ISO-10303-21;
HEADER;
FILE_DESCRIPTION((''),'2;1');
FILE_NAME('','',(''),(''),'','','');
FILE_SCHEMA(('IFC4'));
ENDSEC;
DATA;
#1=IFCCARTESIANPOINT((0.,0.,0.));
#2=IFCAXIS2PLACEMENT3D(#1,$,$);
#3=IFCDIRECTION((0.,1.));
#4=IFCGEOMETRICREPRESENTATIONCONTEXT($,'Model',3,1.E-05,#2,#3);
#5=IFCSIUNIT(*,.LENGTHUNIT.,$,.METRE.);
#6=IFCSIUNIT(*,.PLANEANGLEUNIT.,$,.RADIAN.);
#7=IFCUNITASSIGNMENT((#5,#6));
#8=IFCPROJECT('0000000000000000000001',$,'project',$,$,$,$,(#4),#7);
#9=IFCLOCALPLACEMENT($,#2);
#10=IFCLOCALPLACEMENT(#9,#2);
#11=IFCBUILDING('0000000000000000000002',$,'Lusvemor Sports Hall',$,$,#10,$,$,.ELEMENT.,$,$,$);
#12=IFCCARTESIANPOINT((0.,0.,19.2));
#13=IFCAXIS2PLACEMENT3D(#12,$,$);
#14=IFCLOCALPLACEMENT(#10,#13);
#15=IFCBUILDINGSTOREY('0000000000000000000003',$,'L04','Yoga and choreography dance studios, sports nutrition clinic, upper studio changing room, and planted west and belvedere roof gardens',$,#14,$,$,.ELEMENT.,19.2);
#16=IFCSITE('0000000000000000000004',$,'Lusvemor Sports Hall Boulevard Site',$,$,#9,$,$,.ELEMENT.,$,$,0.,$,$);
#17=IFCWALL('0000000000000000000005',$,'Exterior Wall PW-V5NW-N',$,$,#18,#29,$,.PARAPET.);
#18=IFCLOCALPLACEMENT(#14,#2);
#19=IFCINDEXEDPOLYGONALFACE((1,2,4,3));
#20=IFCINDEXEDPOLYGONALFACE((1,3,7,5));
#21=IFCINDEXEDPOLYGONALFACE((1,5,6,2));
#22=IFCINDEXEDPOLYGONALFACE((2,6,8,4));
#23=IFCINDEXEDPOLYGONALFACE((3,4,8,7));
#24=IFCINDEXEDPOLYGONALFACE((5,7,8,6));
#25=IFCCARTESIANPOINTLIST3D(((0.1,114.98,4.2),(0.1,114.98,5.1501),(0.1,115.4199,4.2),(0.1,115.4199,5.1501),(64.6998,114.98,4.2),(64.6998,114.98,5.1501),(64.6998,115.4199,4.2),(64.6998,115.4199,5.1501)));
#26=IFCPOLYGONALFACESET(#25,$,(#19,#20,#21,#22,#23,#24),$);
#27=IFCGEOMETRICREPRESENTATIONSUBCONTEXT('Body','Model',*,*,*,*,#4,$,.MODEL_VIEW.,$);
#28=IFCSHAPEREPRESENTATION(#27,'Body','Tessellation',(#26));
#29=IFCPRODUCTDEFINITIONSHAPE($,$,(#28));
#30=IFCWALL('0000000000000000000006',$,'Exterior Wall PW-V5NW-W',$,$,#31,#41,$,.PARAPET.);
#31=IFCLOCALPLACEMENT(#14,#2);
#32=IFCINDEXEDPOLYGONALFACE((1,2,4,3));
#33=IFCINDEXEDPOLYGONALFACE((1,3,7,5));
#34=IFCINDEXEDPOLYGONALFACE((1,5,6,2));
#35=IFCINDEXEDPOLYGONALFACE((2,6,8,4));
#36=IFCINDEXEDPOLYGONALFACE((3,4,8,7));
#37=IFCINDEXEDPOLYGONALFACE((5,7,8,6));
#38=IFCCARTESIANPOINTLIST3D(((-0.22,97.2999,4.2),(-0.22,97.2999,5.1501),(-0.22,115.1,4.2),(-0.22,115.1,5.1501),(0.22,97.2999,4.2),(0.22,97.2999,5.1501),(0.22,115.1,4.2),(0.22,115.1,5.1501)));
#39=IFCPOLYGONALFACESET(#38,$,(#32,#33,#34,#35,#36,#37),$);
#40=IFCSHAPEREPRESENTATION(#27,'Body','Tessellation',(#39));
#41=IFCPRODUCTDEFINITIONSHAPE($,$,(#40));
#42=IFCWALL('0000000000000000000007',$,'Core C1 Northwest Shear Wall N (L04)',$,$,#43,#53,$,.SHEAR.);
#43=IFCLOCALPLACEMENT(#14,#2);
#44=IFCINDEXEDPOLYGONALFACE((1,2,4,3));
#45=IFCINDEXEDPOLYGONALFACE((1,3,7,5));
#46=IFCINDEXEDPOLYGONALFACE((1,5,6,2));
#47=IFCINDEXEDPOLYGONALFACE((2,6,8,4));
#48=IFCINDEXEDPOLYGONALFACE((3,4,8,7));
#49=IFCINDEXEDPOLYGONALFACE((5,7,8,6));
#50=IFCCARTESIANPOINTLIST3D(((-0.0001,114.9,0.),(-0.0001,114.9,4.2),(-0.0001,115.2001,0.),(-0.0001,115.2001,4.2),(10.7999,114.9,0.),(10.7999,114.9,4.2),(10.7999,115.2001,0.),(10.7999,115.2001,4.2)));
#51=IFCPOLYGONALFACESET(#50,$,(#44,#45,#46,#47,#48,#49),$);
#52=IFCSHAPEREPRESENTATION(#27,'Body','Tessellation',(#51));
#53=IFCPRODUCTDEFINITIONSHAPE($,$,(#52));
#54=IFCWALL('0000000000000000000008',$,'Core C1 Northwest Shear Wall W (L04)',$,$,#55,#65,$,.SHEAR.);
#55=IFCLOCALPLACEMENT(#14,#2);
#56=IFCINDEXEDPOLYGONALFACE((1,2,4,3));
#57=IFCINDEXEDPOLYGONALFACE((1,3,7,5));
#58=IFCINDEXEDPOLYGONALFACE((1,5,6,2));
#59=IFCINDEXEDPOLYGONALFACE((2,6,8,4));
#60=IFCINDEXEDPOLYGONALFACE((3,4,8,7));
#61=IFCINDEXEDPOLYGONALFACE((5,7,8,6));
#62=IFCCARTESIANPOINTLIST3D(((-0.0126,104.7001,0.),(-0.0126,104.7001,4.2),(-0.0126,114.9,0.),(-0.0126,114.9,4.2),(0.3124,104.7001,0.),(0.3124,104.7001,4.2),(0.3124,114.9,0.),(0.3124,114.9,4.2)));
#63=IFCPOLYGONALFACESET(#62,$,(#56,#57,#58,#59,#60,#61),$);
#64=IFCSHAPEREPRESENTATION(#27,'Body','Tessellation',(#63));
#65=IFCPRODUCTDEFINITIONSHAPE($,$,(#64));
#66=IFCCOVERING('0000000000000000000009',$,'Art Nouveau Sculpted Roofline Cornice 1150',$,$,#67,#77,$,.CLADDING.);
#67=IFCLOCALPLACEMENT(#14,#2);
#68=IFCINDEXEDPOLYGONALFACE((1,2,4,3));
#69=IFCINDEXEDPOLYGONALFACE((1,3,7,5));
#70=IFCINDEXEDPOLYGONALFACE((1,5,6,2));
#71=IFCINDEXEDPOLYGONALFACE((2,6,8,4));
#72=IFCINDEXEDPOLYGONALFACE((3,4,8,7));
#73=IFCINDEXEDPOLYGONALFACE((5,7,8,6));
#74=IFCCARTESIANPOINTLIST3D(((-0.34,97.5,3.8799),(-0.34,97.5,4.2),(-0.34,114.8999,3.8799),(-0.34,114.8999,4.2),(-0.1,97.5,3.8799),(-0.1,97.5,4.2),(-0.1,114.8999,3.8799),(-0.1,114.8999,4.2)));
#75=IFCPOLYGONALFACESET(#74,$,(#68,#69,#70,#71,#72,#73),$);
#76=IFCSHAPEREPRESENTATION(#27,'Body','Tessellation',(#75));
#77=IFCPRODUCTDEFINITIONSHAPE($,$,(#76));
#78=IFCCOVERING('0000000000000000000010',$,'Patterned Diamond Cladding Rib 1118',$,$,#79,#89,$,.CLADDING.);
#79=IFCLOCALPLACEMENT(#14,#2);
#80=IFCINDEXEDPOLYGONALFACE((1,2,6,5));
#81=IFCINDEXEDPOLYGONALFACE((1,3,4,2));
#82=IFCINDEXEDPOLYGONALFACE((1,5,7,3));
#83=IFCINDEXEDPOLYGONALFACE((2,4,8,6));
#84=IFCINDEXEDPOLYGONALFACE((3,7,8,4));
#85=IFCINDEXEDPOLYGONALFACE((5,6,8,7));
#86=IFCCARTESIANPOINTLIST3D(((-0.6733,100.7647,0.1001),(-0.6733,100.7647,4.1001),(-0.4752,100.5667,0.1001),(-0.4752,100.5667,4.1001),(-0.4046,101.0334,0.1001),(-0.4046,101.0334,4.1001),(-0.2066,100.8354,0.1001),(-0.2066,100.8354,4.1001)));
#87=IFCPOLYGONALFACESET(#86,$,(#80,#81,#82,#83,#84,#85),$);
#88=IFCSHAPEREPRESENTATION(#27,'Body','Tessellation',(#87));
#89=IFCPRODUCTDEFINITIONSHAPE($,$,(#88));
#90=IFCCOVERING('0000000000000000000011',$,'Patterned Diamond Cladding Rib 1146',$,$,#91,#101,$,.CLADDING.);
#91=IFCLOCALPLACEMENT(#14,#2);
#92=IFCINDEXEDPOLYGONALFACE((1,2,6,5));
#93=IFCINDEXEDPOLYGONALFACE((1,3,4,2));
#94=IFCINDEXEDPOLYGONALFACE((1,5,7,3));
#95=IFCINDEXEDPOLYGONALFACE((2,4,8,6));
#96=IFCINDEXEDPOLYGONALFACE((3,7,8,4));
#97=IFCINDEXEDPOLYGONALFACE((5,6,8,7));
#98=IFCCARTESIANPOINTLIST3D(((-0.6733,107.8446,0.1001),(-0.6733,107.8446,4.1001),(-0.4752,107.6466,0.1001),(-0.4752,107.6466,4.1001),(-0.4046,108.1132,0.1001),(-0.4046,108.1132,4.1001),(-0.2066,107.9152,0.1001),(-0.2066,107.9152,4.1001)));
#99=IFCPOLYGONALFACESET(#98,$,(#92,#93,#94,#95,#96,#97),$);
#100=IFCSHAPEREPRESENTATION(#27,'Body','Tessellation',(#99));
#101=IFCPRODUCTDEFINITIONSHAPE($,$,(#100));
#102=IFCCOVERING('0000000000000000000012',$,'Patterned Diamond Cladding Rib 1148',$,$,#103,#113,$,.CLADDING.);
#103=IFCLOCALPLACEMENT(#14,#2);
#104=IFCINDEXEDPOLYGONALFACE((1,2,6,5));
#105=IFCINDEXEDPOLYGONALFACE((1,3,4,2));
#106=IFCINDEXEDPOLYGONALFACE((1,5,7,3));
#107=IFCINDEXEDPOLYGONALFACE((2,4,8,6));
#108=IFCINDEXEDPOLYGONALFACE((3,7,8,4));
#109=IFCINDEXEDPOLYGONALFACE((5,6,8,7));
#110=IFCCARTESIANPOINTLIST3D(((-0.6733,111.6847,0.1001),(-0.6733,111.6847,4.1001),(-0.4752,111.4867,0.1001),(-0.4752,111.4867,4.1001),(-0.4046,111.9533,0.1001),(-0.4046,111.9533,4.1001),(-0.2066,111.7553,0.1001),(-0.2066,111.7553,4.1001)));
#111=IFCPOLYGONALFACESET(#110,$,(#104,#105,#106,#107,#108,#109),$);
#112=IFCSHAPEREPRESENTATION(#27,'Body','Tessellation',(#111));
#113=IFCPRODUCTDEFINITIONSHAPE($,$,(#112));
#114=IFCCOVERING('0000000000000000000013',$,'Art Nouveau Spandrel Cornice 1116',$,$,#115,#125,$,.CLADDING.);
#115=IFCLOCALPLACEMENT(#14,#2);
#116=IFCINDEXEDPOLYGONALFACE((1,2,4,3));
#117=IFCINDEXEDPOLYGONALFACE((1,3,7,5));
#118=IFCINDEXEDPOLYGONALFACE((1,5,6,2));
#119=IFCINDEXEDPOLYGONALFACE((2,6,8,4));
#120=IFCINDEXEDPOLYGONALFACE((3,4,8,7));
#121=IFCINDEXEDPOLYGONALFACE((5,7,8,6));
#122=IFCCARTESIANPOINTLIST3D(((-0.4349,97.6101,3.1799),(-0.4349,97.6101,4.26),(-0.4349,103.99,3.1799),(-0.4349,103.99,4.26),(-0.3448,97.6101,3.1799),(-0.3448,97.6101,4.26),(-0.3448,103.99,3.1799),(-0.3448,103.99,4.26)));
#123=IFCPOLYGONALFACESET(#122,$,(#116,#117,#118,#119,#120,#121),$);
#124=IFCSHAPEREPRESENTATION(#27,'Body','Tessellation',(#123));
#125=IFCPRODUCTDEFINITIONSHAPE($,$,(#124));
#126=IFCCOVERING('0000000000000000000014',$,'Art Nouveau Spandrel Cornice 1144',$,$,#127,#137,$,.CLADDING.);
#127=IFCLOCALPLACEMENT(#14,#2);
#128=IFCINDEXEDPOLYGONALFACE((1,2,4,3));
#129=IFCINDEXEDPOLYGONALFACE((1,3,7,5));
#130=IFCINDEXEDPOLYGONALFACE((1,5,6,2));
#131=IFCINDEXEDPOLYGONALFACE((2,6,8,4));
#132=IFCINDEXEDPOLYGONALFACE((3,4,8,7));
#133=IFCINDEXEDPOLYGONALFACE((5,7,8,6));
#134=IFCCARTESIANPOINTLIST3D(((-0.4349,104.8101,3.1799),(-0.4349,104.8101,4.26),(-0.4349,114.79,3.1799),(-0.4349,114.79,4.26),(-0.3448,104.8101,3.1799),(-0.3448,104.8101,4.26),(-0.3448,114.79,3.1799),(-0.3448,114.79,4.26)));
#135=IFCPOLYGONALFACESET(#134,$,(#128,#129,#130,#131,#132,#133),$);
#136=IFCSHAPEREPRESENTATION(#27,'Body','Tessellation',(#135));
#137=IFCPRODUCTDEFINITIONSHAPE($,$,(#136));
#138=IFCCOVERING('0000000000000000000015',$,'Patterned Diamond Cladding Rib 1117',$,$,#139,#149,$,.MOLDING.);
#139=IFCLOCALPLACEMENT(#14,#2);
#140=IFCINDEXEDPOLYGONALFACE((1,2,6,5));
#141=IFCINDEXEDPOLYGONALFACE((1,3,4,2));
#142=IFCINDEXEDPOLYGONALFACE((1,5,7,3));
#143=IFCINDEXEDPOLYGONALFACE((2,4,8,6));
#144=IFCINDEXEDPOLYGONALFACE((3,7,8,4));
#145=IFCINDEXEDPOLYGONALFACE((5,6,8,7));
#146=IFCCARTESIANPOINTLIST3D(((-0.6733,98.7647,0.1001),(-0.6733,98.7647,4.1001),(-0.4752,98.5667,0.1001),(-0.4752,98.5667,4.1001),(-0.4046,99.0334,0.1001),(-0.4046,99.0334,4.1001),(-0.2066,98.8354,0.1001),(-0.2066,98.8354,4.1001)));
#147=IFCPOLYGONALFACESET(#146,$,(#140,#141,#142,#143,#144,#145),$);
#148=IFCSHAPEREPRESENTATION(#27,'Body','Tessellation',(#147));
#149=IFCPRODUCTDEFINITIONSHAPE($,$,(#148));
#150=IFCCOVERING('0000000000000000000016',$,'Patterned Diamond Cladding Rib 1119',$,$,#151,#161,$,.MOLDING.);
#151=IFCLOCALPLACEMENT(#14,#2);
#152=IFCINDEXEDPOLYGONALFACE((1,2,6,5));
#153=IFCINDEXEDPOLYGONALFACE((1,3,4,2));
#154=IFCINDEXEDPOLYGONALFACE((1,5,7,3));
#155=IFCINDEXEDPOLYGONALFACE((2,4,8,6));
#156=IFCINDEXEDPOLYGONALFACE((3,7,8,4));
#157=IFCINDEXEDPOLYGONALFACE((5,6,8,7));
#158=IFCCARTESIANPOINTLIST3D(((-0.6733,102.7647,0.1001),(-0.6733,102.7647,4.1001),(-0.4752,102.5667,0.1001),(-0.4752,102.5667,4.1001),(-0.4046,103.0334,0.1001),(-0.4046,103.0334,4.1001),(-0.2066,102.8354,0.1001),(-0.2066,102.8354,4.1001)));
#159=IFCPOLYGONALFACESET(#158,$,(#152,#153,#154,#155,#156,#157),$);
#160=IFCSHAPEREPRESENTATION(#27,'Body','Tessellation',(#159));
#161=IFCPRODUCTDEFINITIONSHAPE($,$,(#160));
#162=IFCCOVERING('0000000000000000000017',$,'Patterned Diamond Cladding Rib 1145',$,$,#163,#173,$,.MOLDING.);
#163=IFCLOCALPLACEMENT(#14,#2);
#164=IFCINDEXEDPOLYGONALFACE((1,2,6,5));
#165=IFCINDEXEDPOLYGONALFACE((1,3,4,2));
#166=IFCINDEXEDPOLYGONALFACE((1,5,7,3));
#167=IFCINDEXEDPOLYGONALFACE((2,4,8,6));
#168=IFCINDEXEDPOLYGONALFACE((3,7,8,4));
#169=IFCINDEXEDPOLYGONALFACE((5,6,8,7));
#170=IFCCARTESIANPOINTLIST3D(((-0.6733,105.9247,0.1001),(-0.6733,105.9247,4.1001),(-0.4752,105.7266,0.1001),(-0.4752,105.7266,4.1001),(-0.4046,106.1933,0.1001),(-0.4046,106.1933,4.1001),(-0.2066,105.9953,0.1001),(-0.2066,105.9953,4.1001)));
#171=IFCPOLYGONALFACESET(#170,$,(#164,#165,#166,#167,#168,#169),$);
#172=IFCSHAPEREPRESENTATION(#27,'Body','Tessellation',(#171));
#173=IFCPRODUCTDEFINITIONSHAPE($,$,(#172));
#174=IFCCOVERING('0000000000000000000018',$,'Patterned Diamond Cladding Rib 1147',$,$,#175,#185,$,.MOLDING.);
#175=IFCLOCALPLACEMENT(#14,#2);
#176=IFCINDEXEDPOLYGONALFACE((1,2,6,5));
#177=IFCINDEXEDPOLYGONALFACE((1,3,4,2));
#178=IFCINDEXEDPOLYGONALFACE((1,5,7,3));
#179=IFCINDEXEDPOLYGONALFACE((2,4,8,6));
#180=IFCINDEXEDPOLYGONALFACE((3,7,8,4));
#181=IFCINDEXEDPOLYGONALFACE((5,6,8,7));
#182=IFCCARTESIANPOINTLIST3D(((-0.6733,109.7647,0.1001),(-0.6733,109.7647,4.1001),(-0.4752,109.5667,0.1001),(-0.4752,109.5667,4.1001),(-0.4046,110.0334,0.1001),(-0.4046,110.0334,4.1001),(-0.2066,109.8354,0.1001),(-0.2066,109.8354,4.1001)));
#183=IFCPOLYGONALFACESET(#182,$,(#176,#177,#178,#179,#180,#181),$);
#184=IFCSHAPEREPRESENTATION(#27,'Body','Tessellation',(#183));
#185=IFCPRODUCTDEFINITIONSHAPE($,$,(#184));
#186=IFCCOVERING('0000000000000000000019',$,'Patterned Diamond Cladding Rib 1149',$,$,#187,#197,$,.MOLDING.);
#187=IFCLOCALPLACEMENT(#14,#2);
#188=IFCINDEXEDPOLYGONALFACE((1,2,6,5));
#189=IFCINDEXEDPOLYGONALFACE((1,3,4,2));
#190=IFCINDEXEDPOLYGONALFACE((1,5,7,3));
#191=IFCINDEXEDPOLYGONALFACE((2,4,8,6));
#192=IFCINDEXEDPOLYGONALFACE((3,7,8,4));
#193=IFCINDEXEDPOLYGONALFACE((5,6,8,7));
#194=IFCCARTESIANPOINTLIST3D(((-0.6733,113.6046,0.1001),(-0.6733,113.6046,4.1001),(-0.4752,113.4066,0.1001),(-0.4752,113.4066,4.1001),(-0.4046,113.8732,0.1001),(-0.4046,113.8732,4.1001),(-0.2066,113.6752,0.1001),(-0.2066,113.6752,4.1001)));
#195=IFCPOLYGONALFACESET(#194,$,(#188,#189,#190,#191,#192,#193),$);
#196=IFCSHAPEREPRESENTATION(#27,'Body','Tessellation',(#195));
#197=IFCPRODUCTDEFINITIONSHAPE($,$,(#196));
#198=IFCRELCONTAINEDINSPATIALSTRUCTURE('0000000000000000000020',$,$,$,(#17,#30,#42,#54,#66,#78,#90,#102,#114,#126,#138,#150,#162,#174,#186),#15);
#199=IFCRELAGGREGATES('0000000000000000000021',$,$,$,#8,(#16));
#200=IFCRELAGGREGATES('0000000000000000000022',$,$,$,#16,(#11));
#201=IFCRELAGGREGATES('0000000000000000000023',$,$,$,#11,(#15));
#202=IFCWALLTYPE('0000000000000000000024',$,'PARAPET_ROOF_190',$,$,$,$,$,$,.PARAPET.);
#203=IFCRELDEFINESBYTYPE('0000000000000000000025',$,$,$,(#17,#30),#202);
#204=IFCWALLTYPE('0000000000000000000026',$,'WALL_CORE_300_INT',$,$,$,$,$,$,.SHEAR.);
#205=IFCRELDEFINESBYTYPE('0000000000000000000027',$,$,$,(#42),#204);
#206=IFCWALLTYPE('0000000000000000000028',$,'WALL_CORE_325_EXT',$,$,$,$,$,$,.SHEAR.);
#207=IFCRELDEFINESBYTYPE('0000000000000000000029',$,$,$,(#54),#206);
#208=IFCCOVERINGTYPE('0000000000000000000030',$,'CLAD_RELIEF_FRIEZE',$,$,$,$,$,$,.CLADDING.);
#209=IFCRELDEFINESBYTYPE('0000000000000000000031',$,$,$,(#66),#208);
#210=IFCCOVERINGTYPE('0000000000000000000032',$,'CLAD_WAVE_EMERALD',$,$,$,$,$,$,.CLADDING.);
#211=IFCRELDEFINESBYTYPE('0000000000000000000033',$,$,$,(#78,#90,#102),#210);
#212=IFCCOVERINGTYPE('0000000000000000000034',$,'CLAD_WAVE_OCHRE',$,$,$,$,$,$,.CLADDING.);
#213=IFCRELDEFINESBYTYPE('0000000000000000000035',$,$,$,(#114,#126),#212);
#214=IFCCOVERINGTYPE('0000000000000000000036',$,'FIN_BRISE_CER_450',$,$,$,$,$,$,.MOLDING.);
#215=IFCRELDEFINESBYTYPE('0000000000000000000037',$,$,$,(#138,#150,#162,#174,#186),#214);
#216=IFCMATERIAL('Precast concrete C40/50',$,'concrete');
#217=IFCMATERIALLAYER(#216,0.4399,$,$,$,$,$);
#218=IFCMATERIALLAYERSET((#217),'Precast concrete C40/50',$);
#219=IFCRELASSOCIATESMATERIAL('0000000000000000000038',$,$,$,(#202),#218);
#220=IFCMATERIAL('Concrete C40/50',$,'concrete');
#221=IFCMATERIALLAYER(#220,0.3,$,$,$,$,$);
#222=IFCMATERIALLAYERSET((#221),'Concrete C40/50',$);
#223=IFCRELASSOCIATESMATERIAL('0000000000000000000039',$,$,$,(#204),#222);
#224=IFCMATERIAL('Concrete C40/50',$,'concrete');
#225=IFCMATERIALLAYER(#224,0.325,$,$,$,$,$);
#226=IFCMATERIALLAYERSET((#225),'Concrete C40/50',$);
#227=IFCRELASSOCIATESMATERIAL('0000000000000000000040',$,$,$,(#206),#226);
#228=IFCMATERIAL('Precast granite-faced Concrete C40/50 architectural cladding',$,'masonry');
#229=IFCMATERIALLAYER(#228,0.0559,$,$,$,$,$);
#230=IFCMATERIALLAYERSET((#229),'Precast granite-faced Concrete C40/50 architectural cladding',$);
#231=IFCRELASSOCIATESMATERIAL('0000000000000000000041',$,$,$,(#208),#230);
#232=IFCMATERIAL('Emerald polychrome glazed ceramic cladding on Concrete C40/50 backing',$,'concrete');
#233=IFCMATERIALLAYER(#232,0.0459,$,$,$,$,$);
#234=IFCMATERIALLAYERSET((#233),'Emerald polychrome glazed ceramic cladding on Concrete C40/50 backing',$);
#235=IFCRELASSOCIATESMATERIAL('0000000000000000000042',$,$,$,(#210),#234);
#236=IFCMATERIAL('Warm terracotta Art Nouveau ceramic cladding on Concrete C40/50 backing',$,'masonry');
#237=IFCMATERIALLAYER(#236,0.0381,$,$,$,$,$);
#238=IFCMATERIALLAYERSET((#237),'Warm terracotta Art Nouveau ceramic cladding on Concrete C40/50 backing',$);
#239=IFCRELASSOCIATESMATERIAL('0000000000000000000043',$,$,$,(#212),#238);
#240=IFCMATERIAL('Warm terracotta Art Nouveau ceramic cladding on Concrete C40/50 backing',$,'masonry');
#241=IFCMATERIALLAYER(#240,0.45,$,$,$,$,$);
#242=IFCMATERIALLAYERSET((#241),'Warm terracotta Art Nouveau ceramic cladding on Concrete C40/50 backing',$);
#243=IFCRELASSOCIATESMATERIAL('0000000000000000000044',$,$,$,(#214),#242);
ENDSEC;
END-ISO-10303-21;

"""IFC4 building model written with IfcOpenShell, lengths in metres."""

from ifc_helpers import new_model, si_unit, direction, frame, frame_2d, origin, origin_2d, place, context, subcontext, project, spatial, rectangle, extrude, material, layer, layer_set, type_object, element, save


model = new_model("IFC4")

# Units and contexts
model_context = context("Model", 3, precision=1e-05, world=origin(), true_north=direction((0.0, 1.0)))
body_context = subcontext(model_context, "Body", "Model", "MODEL_VIEW")
ifc_project = project(units=[si_unit("LENGTHUNIT", "METRE"), si_unit("PLANEANGLEUNIT", "RADIAN")], contexts=[model_context])

# Site, building, storey
site_placement = place(None, origin())
site = spatial("IfcSite", under=ifc_project, at=site_placement, Name="Lusvemor Sports Hall Boulevard Site", CompositionType="ELEMENT", RefElevation=0.0)
building_placement = place(site_placement, origin())
building = spatial("IfcBuilding", under=site, at=building_placement, Name="Lusvemor Sports Hall", CompositionType="ELEMENT")
storey_placement = place(building_placement, frame((0.0, 0.0, 19.2)))
storey = spatial("IfcBuildingStorey", under=building, at=storey_placement, Name="L04", Description="Yoga and choreography dance studios, sports nutrition clinic, upper studio changing room, and planted west and belvedere roof gardens", CompositionType="ELEMENT", Elevation=19.2)

# Walls
ifc_material_1 = material(Name="Precast concrete C40/50", Category="concrete")
ifc_layer_1 = layer(ifc_material_1, 0.4399)
ifc_layer_set_1 = layer_set([ifc_layer_1], Name="Precast concrete C40/50")
wall_type_1 = type_object("IfcWallType", Name="PARAPET_ROOF_190", PredefinedType="PARAPET", material=ifc_layer_set_1)
wall_1_placement = place(storey_placement, frame((0.1001, 115.2, 4.2), z_axis=(0.0, 0.0, 1.0), x_axis=(1.0, 0.0, 0.0)))
element("IfcWall", 1, at=wall_1_placement, inside=storey, type_object=wall_type_1, Name="Exterior Wall PW-V5NW-N", PredefinedType="PARAPET", context=body_context, shape_type="SweptSolid", body=[
    extrude(rectangle(XDim=64.5999, YDim=0.4399, at=frame_2d((32.2998, 0.0))), origin(), (0.0, 0.0, 1.0), 0.9502),
])
wall_2_placement = place(storey_placement, frame((0.0, 97.3, 4.2), z_axis=(0.0, 0.0, 1.0), x_axis=(0.0, 1.0, 0.0)))
element("IfcWall", 2, at=wall_2_placement, inside=storey, type_object=wall_type_1, Name="Exterior Wall PW-V5NW-W", PredefinedType="PARAPET", context=body_context, shape_type="SweptSolid", body=[
    extrude(rectangle(XDim=17.8, YDim=0.4399, at=frame_2d((8.8999, 0.0))), origin(), (0.0, 0.0, 1.0), 0.9502),
])
ifc_material_2 = material(Name="Concrete C40/50", Category="concrete")
ifc_layer_2 = layer(ifc_material_2, 0.3)
ifc_layer_set_2 = layer_set([ifc_layer_2], Name="Concrete C40/50")
wall_type_2 = type_object("IfcWallType", Name="WALL_CORE_300_INT", PredefinedType="SHEAR", material=ifc_layer_set_2)
wall_3_placement = place(storey_placement, frame((0.0, 115.05, 0.0), z_axis=(0.0, 0.0, 1.0), x_axis=(1.0, 0.0, 0.0)))
element("IfcWall", 3, at=wall_3_placement, inside=storey, type_object=wall_type_2, Name="Core C1 Northwest Shear Wall N (L04)", PredefinedType="SHEAR", context=body_context, shape_type="SweptSolid", body=[
    extrude(rectangle(XDim=10.8, YDim=0.3, at=frame_2d((5.3999, 0.0))), origin(), (0.0, 0.0, 1.0), 4.2),
])
ifc_material_3 = material(Name="Concrete C40/50", Category="concrete")
ifc_layer_3 = layer(ifc_material_3, 0.325)
ifc_layer_set_3 = layer_set([ifc_layer_3], Name="Concrete C40/50")
wall_type_3 = type_object("IfcWallType", Name="WALL_CORE_325_EXT", PredefinedType="SHEAR", material=ifc_layer_set_3)
wall_4_placement = place(storey_placement, frame((0.1499, 104.7, 0.0), z_axis=(0.0, 0.0, 1.0), x_axis=(0.0, 1.0, 0.0)))
element("IfcWall", 4, at=wall_4_placement, inside=storey, type_object=wall_type_3, Name="Core C1 Northwest Shear Wall W (L04)", PredefinedType="SHEAR", context=body_context, shape_type="SweptSolid", body=[
    extrude(rectangle(XDim=10.2, YDim=0.325, at=frame_2d((5.1001, 0.0))), origin(), (0.0, 0.0, 1.0), 4.2),
])

# Coverings
ifc_material_4 = material(Name="Precast granite-faced Concrete C40/50 architectural cladding", Category="masonry")
ifc_layer_4 = layer(ifc_material_4, 0.0559)
ifc_layer_set_4 = layer_set([ifc_layer_4], Name="Precast granite-faced Concrete C40/50 architectural cladding")
covering_type_1 = type_object("IfcCoveringType", Name="CLAD_RELIEF_FRIEZE", PredefinedType="CLADDING", material=ifc_layer_set_4)
covering_1_placement = place(storey_placement, frame((-0.22, 106.2, 3.8799), z_axis=(0.0, 0.0, 1.0), x_axis=(1.0, 0.0, 0.0)))
element("IfcCovering", 5, at=covering_1_placement, inside=storey, type_object=covering_type_1, Name="Art Nouveau Sculpted Roofline Cornice 1150", PredefinedType="CLADDING", context=body_context, shape_type="SweptSolid", body=[
    extrude(rectangle(XDim=0.24, YDim=17.3999, at=origin_2d()), origin(), (0.0, 0.0, 1.0), 0.3201),
])
ifc_material_5 = material(Name="Emerald polychrome glazed ceramic cladding on Concrete C40/50 backing", Category="concrete")
ifc_layer_5 = layer(ifc_material_5, 0.0459)
ifc_layer_set_5 = layer_set([ifc_layer_5], Name="Emerald polychrome glazed ceramic cladding on Concrete C40/50 backing")
covering_type_2 = type_object("IfcCoveringType", Name="CLAD_WAVE_EMERALD", PredefinedType="CLADDING", material=ifc_layer_set_5)
for number, where, z_axis, x_axis, name in (
    (6, (-0.4399, 100.8, 0.1001), (0.0, 0.0, 1.0), (0.707107, 0.707107, 0.0), "Patterned Diamond Cladding Rib 1118"),
    (7, (-0.4399, 107.8799, 0.1001), (0.0, 0.0, 1.0), (0.707107, 0.707107, 0.0), "Patterned Diamond Cladding Rib 1146"),
    (8, (-0.4399, 111.72, 0.1001), (0.0, 0.0, 1.0), (0.707107, 0.707107, 0.0), "Patterned Diamond Cladding Rib 1148"),
):
    element("IfcCovering", number, at=place(storey_placement, frame(where, z_axis=z_axis, x_axis=x_axis)), inside=storey, type_object=covering_type_2, Name=name, PredefinedType="CLADDING", context=body_context, shape_type="SweptSolid", body=[
        extrude(rectangle(XDim=0.3799, YDim=0.28, at=origin_2d()), origin(), (0.0, 0.0, 1.0), 4.0),
    ])
ifc_material_6 = material(Name="Warm terracotta Art Nouveau ceramic cladding on Concrete C40/50 backing", Category="masonry")
ifc_layer_6 = layer(ifc_material_6, 0.0381)
ifc_layer_set_6 = layer_set([ifc_layer_6], Name="Warm terracotta Art Nouveau ceramic cladding on Concrete C40/50 backing")
covering_type_3 = type_object("IfcCoveringType", Name="CLAD_WAVE_OCHRE", PredefinedType="CLADDING", material=ifc_layer_set_6)
covering_2_placement = place(storey_placement, frame((-0.3899, 100.8, 3.1799), z_axis=(0.0, 0.0, 1.0), x_axis=(1.0, 0.0, 0.0)))
element("IfcCovering", 9, at=covering_2_placement, inside=storey, type_object=covering_type_3, Name="Art Nouveau Spandrel Cornice 1116", PredefinedType="CLADDING", context=body_context, shape_type="SweptSolid", body=[
    extrude(rectangle(XDim=0.0901, YDim=6.3799, at=origin_2d()), origin(), (0.0, 0.0, 1.0), 1.0801),
])
covering_3_placement = place(storey_placement, frame((-0.3899, 109.8, 3.1799), z_axis=(0.0, 0.0, 1.0), x_axis=(1.0, 0.0, 0.0)))
element("IfcCovering", 10, at=covering_3_placement, inside=storey, type_object=covering_type_3, Name="Art Nouveau Spandrel Cornice 1144", PredefinedType="CLADDING", context=body_context, shape_type="SweptSolid", body=[
    extrude(rectangle(XDim=0.0901, YDim=9.98, at=origin_2d()), origin(), (0.0, 0.0, 1.0), 1.0801),
])
ifc_material_7 = material(Name="Warm terracotta Art Nouveau ceramic cladding on Concrete C40/50 backing", Category="masonry")
ifc_layer_7 = layer(ifc_material_7, 0.45)
ifc_layer_set_7 = layer_set([ifc_layer_7], Name="Warm terracotta Art Nouveau ceramic cladding on Concrete C40/50 backing")
covering_type_4 = type_object("IfcCoveringType", Name="FIN_BRISE_CER_450", PredefinedType="MOLDING", material=ifc_layer_set_7)
for number, where, z_axis, x_axis, name in (
    (11, (-0.4399, 98.8, 0.1001), (0.0, 0.0, 1.0), (0.707107, 0.707107, 0.0), "Patterned Diamond Cladding Rib 1117"),
    (12, (-0.4399, 102.8, 0.1001), (0.0, 0.0, 1.0), (0.707107, 0.707107, 0.0), "Patterned Diamond Cladding Rib 1119"),
    (13, (-0.4399, 105.96, 0.1001), (0.0, 0.0, 1.0), (0.707107, 0.707107, 0.0), "Patterned Diamond Cladding Rib 1145"),
    (14, (-0.4399, 109.8, 0.1001), (0.0, 0.0, 1.0), (0.707107, 0.707107, 0.0), "Patterned Diamond Cladding Rib 1147"),
    (15, (-0.4399, 113.6399, 0.1001), (0.0, 0.0, 1.0), (0.707107, 0.707107, 0.0), "Patterned Diamond Cladding Rib 1149"),
):
    element("IfcCovering", number, at=place(storey_placement, frame(where, z_axis=z_axis, x_axis=x_axis)), inside=storey, type_object=covering_type_4, Name=name, PredefinedType="MOLDING", context=body_context, shape_type="SweptSolid", body=[
        extrude(rectangle(XDim=0.3799, YDim=0.28, at=origin_2d()), origin(), (0.0, 0.0, 1.0), 4.0),
    ])

save(model, "model.ifc")
